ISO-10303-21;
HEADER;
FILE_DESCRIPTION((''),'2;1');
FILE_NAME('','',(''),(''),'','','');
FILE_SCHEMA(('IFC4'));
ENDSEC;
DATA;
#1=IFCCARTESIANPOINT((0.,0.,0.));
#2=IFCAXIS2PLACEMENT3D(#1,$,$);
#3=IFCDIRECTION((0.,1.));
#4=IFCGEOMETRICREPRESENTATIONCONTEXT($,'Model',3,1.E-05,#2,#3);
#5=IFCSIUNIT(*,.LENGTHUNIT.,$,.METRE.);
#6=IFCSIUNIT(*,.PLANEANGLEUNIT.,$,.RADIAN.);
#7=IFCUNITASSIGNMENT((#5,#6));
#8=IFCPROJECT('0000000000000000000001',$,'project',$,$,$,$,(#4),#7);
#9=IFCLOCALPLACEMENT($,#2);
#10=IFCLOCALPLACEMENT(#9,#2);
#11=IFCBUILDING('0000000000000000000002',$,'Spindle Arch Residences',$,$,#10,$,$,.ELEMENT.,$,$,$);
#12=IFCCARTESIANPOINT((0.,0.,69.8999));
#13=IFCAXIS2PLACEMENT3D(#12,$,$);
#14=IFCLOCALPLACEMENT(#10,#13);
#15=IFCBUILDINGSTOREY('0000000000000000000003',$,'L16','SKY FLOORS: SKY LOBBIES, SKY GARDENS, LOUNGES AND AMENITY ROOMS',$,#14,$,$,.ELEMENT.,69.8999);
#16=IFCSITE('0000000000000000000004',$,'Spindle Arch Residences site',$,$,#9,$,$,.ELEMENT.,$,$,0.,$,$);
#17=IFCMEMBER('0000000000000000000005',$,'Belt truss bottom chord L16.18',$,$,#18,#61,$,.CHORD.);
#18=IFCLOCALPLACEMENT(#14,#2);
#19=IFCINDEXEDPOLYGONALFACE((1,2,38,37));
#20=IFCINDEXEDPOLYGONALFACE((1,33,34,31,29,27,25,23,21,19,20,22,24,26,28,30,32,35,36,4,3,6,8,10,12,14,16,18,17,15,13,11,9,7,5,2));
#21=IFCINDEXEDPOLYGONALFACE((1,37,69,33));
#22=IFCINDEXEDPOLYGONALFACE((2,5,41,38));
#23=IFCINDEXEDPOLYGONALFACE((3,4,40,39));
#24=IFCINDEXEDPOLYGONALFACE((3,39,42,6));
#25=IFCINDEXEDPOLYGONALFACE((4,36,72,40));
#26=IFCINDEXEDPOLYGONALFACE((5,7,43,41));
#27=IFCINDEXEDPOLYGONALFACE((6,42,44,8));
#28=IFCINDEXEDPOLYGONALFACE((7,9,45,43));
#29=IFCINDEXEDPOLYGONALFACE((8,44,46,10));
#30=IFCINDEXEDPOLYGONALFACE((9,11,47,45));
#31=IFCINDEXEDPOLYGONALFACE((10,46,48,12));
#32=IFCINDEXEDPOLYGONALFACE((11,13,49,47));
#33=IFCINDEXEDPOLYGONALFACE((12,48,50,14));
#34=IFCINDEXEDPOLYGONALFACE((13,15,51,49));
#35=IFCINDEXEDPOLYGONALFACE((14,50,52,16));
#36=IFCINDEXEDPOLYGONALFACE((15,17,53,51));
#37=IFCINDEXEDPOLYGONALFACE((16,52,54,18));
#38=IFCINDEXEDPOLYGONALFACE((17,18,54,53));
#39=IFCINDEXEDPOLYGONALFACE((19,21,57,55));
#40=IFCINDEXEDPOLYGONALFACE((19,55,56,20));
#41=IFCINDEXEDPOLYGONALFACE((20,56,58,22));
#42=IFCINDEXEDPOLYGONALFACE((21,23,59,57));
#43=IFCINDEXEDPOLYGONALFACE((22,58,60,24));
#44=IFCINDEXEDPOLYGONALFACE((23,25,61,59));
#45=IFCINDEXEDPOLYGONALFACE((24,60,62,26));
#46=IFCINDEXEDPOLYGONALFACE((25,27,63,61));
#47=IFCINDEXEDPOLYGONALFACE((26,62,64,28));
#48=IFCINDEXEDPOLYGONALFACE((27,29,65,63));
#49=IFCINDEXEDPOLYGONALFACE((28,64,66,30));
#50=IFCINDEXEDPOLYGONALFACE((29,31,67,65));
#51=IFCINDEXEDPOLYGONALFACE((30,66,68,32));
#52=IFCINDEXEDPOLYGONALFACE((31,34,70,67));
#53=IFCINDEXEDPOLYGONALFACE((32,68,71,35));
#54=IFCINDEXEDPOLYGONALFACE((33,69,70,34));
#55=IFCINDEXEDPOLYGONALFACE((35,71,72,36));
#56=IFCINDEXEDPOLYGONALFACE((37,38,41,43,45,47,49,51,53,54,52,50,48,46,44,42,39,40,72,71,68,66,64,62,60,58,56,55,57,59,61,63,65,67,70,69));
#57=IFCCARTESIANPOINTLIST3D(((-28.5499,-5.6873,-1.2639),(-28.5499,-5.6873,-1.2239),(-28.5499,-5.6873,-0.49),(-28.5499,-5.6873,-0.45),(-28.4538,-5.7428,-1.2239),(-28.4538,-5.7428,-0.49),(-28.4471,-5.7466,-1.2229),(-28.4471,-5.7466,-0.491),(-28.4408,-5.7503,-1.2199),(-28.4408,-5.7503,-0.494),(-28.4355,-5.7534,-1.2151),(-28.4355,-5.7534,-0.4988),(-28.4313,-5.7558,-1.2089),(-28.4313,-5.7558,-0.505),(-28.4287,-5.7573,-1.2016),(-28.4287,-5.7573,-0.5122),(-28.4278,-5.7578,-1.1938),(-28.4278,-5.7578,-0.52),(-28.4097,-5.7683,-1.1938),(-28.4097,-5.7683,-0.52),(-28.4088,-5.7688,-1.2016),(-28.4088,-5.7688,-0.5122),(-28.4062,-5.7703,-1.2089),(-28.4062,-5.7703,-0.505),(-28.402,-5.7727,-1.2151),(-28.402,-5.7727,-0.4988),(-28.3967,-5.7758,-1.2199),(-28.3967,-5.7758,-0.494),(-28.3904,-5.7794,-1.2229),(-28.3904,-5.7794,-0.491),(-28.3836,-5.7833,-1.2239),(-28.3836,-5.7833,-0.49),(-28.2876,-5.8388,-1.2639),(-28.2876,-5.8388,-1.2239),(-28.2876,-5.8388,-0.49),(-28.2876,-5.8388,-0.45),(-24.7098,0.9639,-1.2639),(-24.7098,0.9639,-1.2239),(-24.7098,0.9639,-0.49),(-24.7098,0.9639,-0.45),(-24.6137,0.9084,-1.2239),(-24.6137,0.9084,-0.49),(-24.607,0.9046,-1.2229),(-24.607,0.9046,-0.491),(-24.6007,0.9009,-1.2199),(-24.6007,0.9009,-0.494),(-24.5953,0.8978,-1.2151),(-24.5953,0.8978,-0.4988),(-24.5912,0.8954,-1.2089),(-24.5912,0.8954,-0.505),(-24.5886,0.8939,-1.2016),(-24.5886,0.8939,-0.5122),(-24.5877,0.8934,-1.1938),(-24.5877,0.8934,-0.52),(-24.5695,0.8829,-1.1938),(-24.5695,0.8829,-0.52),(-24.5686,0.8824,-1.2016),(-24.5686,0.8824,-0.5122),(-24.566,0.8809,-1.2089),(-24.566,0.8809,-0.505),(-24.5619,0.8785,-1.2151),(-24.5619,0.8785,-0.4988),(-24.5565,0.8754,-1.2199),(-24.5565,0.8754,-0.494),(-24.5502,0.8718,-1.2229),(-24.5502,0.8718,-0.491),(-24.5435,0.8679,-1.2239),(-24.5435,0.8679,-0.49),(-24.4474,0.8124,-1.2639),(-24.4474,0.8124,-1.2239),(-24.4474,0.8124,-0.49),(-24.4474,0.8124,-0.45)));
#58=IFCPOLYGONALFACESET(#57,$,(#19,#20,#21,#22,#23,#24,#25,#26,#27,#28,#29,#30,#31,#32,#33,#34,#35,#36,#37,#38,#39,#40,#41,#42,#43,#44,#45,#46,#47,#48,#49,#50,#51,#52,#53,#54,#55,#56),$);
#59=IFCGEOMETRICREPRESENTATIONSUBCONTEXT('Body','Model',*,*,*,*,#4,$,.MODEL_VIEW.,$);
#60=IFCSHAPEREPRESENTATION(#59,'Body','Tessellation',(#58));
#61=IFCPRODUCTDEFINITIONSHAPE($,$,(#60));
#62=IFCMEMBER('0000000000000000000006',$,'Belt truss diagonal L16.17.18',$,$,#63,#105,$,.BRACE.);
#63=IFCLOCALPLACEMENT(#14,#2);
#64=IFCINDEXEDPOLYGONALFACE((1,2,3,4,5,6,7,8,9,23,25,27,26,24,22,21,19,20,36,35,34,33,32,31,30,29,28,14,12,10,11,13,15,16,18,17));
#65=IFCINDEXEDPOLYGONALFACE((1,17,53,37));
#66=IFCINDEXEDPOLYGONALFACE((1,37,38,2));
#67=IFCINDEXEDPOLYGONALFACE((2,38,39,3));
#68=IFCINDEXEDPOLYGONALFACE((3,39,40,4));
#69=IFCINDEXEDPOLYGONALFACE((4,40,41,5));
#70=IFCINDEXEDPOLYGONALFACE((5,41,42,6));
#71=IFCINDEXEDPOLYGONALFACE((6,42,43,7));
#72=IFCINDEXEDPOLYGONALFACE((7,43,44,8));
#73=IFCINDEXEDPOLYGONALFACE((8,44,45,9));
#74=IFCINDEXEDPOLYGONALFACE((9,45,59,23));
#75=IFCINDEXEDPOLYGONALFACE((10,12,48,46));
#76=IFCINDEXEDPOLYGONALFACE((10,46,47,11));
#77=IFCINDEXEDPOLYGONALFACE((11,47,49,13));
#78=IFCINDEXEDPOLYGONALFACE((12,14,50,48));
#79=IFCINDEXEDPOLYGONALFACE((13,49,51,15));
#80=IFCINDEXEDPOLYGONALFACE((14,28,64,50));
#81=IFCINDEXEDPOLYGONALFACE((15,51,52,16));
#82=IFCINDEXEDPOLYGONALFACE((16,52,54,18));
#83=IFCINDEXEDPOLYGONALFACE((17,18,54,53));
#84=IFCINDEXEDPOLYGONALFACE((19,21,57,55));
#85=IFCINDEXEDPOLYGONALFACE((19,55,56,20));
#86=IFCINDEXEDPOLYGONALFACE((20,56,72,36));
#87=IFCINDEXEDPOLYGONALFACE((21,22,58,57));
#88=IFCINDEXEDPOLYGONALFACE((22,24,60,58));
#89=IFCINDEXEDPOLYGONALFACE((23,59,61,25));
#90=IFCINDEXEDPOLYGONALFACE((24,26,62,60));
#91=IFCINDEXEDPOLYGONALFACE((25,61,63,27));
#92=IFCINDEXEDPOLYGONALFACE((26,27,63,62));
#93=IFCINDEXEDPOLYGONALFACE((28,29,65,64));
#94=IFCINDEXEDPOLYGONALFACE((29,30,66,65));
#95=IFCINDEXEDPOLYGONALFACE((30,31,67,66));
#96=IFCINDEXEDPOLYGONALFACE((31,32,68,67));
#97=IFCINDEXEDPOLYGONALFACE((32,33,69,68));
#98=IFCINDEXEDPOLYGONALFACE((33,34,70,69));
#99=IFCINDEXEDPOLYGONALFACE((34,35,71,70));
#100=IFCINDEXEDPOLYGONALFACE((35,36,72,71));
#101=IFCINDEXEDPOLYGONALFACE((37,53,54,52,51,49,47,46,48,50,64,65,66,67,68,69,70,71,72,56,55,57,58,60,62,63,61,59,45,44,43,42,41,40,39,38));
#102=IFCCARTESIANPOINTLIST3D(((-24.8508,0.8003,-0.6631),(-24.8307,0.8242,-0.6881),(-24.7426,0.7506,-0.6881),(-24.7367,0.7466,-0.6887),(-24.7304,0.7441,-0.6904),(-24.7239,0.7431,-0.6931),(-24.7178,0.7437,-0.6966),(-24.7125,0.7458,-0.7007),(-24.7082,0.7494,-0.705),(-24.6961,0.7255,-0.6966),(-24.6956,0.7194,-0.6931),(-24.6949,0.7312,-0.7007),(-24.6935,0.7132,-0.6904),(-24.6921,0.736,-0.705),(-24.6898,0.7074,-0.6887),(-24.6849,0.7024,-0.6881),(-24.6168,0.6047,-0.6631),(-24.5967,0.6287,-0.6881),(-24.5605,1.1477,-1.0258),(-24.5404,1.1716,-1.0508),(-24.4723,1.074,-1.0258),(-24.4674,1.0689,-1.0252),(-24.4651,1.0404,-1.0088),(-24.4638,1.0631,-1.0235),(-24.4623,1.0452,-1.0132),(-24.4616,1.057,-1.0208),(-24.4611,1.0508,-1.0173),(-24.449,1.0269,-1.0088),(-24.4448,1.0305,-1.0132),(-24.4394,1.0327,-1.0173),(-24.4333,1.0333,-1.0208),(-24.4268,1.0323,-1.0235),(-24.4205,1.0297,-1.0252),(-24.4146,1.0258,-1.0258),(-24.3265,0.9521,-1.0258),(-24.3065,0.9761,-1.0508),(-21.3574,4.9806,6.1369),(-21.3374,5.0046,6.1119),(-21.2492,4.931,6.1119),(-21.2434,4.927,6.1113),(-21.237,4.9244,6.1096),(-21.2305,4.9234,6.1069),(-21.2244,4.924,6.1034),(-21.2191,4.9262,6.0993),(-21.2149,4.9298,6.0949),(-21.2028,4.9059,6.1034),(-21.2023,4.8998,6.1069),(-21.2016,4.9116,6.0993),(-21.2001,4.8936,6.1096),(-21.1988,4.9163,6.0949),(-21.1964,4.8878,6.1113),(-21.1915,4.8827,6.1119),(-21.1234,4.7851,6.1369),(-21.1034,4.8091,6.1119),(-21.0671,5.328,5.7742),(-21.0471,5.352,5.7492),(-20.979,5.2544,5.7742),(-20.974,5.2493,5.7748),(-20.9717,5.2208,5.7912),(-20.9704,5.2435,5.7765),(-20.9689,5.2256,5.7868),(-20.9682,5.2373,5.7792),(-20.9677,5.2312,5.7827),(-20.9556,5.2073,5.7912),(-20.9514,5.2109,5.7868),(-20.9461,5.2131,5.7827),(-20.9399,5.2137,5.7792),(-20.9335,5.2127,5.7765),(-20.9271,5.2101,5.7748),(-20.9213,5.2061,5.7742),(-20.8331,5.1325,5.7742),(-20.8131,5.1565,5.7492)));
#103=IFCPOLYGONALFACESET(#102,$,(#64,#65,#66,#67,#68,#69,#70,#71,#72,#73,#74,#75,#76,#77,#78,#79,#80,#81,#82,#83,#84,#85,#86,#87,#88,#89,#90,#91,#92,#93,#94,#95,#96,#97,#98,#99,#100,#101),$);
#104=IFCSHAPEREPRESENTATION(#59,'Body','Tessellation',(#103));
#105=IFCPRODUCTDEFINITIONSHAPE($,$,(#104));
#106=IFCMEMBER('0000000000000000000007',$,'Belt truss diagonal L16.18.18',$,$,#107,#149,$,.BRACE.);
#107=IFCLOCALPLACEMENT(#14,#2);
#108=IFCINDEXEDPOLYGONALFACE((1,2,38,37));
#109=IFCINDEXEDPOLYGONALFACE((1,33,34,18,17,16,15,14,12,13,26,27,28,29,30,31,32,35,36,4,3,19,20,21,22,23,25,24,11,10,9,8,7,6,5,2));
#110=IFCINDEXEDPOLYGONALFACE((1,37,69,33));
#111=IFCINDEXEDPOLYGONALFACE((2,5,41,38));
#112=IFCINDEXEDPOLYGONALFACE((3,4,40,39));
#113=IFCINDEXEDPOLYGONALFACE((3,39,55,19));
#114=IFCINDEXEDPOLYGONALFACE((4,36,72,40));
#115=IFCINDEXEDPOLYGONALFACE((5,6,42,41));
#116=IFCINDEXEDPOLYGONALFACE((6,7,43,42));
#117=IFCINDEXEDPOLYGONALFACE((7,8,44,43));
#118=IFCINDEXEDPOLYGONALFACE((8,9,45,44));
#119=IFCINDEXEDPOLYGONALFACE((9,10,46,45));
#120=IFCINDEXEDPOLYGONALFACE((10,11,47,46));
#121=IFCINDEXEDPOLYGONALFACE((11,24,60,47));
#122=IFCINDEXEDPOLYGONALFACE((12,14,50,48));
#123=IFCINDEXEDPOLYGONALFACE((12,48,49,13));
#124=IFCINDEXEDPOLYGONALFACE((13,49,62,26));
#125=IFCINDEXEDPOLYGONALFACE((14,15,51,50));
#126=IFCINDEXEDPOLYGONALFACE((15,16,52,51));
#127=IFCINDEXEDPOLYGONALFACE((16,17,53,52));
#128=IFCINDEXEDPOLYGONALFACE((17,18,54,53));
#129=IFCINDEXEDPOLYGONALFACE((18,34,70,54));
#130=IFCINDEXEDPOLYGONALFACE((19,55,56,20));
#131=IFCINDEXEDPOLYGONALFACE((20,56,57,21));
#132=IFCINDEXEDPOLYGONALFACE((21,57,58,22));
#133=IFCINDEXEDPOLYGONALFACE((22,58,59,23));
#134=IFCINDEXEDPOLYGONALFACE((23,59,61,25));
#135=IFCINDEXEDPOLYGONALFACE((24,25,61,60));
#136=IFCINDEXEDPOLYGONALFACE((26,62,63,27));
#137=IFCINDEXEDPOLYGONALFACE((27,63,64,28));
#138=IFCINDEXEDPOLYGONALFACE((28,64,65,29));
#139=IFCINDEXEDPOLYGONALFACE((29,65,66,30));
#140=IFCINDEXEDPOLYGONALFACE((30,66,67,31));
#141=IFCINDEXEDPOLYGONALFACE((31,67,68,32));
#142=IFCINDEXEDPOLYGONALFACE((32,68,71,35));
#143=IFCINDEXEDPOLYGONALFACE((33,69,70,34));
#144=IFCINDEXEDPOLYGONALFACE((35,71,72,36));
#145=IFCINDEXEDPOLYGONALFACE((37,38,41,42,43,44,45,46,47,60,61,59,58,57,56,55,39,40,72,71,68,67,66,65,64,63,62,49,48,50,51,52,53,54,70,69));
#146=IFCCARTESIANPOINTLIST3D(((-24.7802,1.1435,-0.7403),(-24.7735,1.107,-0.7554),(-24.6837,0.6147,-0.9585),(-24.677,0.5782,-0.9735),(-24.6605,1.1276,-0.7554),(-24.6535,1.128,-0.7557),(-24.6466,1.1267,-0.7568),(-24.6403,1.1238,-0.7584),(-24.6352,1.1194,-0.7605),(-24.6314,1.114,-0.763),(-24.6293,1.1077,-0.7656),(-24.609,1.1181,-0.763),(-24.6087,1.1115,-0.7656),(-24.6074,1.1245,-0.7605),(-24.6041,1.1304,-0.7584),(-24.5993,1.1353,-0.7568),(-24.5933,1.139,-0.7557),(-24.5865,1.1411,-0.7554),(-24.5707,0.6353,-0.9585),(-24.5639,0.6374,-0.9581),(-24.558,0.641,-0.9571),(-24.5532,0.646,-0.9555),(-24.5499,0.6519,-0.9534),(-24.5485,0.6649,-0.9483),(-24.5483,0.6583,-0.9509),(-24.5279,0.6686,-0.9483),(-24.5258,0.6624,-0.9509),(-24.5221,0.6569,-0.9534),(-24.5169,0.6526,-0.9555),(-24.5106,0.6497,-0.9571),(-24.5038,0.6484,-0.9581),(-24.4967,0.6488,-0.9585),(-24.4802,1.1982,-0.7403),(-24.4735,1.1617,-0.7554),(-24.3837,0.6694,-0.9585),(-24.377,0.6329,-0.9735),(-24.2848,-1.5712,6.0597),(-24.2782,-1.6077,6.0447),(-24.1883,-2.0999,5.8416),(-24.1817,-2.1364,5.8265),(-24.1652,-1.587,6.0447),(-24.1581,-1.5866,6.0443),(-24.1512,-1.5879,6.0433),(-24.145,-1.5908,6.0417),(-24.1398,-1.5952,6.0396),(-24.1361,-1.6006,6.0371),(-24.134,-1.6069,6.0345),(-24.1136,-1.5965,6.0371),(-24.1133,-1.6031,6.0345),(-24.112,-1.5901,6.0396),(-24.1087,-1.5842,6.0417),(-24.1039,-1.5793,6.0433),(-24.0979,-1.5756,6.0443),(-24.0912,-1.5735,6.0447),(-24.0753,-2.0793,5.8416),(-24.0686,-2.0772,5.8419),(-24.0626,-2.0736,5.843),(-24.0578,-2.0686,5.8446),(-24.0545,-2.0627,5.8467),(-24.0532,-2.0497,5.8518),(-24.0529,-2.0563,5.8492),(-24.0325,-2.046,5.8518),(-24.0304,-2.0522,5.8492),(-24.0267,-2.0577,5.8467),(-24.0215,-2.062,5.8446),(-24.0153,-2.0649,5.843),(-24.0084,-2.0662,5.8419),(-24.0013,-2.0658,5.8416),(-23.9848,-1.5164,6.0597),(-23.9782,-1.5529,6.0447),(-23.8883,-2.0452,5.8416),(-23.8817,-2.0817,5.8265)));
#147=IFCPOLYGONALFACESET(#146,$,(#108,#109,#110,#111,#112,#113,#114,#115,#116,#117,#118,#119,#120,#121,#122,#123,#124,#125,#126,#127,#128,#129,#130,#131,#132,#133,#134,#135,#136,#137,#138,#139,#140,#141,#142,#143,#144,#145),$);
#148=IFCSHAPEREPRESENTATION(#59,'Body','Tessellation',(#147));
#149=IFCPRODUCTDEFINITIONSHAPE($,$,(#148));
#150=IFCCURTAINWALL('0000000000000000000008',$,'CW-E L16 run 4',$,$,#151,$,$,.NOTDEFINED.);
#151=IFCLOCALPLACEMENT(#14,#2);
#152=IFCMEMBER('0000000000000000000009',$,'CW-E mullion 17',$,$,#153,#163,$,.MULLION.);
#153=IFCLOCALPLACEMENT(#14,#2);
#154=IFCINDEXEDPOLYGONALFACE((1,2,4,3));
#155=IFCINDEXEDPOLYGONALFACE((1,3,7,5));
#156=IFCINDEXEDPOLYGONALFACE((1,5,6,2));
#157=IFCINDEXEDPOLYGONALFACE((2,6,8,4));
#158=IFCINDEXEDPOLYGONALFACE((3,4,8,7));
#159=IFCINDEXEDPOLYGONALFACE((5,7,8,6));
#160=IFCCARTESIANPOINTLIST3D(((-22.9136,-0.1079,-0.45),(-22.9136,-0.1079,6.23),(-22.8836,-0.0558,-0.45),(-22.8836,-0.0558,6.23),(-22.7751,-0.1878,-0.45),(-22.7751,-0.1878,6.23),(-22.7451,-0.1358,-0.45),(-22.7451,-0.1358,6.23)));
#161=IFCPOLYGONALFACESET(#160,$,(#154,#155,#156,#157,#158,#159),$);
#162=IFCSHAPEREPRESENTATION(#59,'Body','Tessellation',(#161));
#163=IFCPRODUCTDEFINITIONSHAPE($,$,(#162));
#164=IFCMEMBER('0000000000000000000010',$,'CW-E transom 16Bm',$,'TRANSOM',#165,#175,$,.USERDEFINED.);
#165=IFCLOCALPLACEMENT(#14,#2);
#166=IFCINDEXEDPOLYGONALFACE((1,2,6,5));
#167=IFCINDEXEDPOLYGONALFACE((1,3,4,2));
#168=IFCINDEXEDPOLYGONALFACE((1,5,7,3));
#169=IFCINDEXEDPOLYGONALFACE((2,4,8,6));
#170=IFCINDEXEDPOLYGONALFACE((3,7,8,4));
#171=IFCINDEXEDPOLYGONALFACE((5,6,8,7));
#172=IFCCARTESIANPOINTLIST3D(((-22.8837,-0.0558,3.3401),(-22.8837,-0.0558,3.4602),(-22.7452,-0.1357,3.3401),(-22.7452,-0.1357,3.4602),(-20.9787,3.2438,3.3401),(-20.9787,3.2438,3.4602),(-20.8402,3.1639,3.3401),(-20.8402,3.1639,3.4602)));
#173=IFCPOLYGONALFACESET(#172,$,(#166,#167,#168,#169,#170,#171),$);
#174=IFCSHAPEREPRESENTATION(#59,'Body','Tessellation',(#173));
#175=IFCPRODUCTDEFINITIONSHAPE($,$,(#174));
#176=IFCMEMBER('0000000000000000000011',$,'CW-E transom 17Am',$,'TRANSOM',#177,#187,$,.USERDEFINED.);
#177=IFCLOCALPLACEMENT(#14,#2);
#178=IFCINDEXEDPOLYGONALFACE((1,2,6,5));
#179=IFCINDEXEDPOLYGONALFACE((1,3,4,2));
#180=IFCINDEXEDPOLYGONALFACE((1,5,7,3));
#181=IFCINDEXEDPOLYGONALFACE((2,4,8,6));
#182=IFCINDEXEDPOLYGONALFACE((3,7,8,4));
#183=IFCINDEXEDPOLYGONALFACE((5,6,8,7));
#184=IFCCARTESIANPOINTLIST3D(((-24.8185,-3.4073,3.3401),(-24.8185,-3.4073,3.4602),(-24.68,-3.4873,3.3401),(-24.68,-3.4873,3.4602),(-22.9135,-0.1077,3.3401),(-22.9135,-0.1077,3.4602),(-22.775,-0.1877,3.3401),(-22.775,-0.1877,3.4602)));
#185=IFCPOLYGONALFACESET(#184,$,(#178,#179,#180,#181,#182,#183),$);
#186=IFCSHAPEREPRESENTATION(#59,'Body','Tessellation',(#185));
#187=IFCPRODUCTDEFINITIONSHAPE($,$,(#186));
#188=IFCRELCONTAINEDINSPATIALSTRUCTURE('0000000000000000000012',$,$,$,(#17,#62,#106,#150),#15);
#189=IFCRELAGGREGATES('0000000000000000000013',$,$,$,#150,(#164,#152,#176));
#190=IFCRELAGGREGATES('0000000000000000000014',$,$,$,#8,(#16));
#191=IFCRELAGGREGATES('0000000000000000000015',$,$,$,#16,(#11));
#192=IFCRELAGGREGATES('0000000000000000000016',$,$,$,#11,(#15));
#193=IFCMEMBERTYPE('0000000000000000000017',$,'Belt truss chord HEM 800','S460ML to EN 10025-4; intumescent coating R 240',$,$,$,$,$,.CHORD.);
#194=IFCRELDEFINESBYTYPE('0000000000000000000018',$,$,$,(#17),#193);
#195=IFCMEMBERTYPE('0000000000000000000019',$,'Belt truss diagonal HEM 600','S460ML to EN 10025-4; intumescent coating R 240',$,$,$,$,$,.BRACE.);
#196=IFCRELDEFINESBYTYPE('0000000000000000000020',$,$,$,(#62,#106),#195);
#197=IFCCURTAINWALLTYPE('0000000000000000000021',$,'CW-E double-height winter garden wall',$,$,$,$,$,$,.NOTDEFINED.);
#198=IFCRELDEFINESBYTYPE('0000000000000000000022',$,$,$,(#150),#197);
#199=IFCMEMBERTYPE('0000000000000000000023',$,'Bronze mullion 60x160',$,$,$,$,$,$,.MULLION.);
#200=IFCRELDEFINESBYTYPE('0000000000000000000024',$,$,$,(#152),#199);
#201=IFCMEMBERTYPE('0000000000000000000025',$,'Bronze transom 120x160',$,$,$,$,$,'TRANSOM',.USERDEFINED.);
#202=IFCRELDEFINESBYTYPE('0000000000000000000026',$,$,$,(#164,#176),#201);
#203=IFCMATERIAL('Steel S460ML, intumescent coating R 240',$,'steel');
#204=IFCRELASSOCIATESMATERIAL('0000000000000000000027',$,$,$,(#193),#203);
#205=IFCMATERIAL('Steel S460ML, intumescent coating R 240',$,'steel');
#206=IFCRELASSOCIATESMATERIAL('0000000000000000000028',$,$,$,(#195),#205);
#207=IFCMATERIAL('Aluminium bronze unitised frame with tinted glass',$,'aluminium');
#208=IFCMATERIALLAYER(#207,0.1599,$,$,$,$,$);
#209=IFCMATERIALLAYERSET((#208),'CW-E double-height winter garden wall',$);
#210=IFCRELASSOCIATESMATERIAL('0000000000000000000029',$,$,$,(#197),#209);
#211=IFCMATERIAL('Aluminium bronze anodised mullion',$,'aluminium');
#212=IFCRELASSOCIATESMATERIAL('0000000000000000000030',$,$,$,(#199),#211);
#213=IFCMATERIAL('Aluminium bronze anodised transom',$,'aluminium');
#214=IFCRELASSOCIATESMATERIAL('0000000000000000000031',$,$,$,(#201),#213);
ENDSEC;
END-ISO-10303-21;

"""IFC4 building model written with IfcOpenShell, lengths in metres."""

from ifc_helpers import new_model, si_unit, direction, frame, origin, origin_2d, place, context, subcontext, project, spatial, rectangle, i_section, extrude, material, layer, layer_set, material_profile, profile_set, type_object, element, aggregate, save


model = new_model("IFC4")

# Units and contexts
model_context = context("Model", 3, precision=1e-05, world=origin(), true_north=direction((0.0, 1.0)))
body_context = subcontext(model_context, "Body", "Model", "MODEL_VIEW")
ifc_project = project(units=[si_unit("LENGTHUNIT", "METRE"), si_unit("PLANEANGLEUNIT", "RADIAN")], contexts=[model_context])

# Site, building, storey
site_placement = place(None, origin())
site = spatial("IfcSite", under=ifc_project, at=site_placement, Name="Spindle Arch Residences site", CompositionType="ELEMENT", RefElevation=0.0)
building_placement = place(site_placement, origin())
building = spatial("IfcBuilding", under=site, at=building_placement, Name="Spindle Arch Residences", CompositionType="ELEMENT")
storey_placement = place(building_placement, frame((0.0, 0.0, 69.8999)))
storey = spatial("IfcBuildingStorey", under=building, at=storey_placement, Name="L16", Description="SKY FLOORS: SKY LOBBIES, SKY GARDENS, LOUNGES AND AMENITY ROOMS", CompositionType="ELEMENT", Elevation=69.8999)

# Members
ifc_material_1 = material(Name="Steel S460ML, intumescent coating R 240", Category="steel")
ifc_material_profile_1 = material_profile(ifc_material_1, i_section(OverallWidth=0.303, OverallDepth=0.814, WebThickness=0.021, FlangeThickness=0.04, FilletRadius=0.03, at=origin_2d()), Name="HEM 800")
ifc_profile_set_1 = profile_set([ifc_material_profile_1], Name="Steel S460ML, intumescent coating R 240")
member_type_1 = type_object("IfcMemberType", Name="Belt truss chord HEM 800", Description="S460ML to EN 10025-4; intumescent coating R 240", PredefinedType="CHORD", material=ifc_profile_set_1)
member_1_placement = place(storey_placement, frame((-24.5786, 0.8882, -0.8569), z_axis=(-0.500006, -0.866022, 0.0), x_axis=(0.866022, -0.500006, 0.0)))
element("IfcMember", 1, at=member_1_placement, inside=storey, type_object=member_type_1, Name="Belt truss bottom chord L16.18", PredefinedType="CHORD", context=body_context, shape_type="SweptSolid", body=[
    extrude(i_section(OverallWidth=0.303, OverallDepth=0.814, WebThickness=0.021, FlangeThickness=0.04, FilletRadius=0.03, at=origin_2d()), origin(), (0.0, 0.0, 1.0), 7.6802),
])
ifc_material_2 = material(Name="Steel S460ML, intumescent coating R 240", Category="steel")
ifc_material_profile_2 = material_profile(ifc_material_2, i_section(OverallWidth=0.3049, OverallDepth=0.6201, WebThickness=0.021, FlangeThickness=0.04, FilletRadius=0.0271, at=origin_2d()), Name="HEM 600")
ifc_profile_set_2 = profile_set([ifc_material_profile_2], Name="Steel S460ML, intumescent coating R 240")
member_type_2 = type_object("IfcMemberType", Name="Belt truss diagonal HEM 600", Description="S460ML to EN 10025-4; intumescent coating R 240", PredefinedType="BRACE", material=ifc_profile_set_2)
member_2_placement = place(storey_placement, frame((-24.5786, 0.8882, -0.8569), z_axis=(0.400931, 0.479778, 0.780428), x_axis=(-0.767343, 0.641237, 0.0)))
element("IfcMember", 2, at=member_2_placement, inside=storey, type_object=member_type_2, Name="Belt truss diagonal L16.17.18", PredefinedType="BRACE", context=body_context, shape_type="SweptSolid", body=[
    extrude(i_section(OverallWidth=0.3049, OverallDepth=0.6201, WebThickness=0.021, FlangeThickness=0.04, FilletRadius=0.0271, at=origin_2d()), origin(), (0.0, 0.0, 1.0), 8.7131),
])
member_3_placement = place(storey_placement, frame((-24.5786, 0.8882, -0.8569), z_axis=(0.067501, -0.369907, 0.926613), x_axis=(0.983755, 0.179516, 0.0)))
element("IfcMember", 3, at=member_3_placement, inside=storey, type_object=member_type_2, Name="Belt truss diagonal L16.18.18", PredefinedType="BRACE", context=body_context, shape_type="SweptSolid", body=[
    extrude(i_section(OverallWidth=0.3049, OverallDepth=0.6201, WebThickness=0.021, FlangeThickness=0.04, FilletRadius=0.0271, at=origin_2d()), origin(), (0.0, 0.0, 1.0), 7.3386),
])

# Curtain wall, members
ifc_material_3 = material(Name="Aluminium bronze unitised frame with tinted glass", Category="aluminium")
ifc_layer_1 = layer(ifc_material_3, 0.1599)
ifc_layer_set_1 = layer_set([ifc_layer_1], Name="CW-E double-height winter garden wall")
curtain_wall_type = type_object("IfcCurtainWallType", Name="CW-E double-height winter garden wall", PredefinedType="NOTDEFINED", material=ifc_layer_set_1)
curtain_wall_placement = place(storey_placement, origin())
curtain_wall = element("IfcCurtainWall", 4, at=curtain_wall_placement, inside=storey, type_object=curtain_wall_type, Name="CW-E L16 run 4", PredefinedType="NOTDEFINED")
ifc_material_4 = material(Name="Aluminium bronze anodised mullion", Category="aluminium")
ifc_material_profile_3 = material_profile(ifc_material_4, rectangle(XDim=0.1599, YDim=0.0601, at=origin_2d()), Name="MU 60x160")
ifc_profile_set_3 = profile_set([ifc_material_profile_3], Name="Aluminium bronze anodised mullion")
member_type_3 = type_object("IfcMemberType", Name="Bronze mullion 60x160", PredefinedType="MULLION", material=ifc_profile_set_3)
member_4_placement = place(storey_placement, frame((-22.8293, -0.1218, -0.45), z_axis=(0.0, 0.0, 1.0), x_axis=(0.866025, -0.5, 0.0)))
member_4 = element("IfcMember", 5, at=member_4_placement, type_object=member_type_3, Name="CW-E mullion 17", PredefinedType="MULLION", context=body_context, shape_type="SweptSolid", body=[
    extrude(rectangle(XDim=0.1599, YDim=0.0601, at=origin_2d()), origin(), (0.0, 0.0, 1.0), 6.6799),
])
ifc_material_5 = material(Name="Aluminium bronze anodised transom", Category="aluminium")
ifc_material_profile_4 = material_profile(ifc_material_5, rectangle(XDim=0.1599, YDim=0.1201, at=origin_2d()), Name="TR 120x160")
ifc_profile_set_4 = profile_set([ifc_material_profile_4], Name="Aluminium bronze anodised transom")
member_type_4 = type_object("IfcMemberType", Name="Bronze transom 120x160", ElementType="TRANSOM", PredefinedType="USERDEFINED", material=ifc_profile_set_4)
member_5_placement = place(storey_placement, frame((-20.9094, 3.2039, 3.4001), z_axis=(-0.500005, -0.866022, 0.0), x_axis=(0.866022, -0.500005, 0.0)))
member_5 = element("IfcMember", 6, at=member_5_placement, type_object=member_type_4, Name="CW-E transom 16Bm", ObjectType="TRANSOM", PredefinedType="USERDEFINED", context=body_context, shape_type="SweptSolid", body=[
    extrude(rectangle(XDim=0.1599, YDim=0.1201, at=origin_2d()), origin(), (0.0, 0.0, 1.0), 3.8101),
])
member_6_placement = place(storey_placement, frame((-22.8442, -0.1477, 3.4001), z_axis=(-0.500005, -0.866022, 0.0), x_axis=(0.866022, -0.500005, 0.0)))
member_6 = element("IfcMember", 7, at=member_6_placement, type_object=member_type_4, Name="CW-E transom 17Am", ObjectType="TRANSOM", PredefinedType="USERDEFINED", context=body_context, shape_type="SweptSolid", body=[
    extrude(rectangle(XDim=0.1599, YDim=0.1201, at=origin_2d()), origin(), (0.0, 0.0, 1.0), 3.8101),
])
aggregate(curtain_wall, [member_5, member_4, member_6])

save(model, "model.ifc")
